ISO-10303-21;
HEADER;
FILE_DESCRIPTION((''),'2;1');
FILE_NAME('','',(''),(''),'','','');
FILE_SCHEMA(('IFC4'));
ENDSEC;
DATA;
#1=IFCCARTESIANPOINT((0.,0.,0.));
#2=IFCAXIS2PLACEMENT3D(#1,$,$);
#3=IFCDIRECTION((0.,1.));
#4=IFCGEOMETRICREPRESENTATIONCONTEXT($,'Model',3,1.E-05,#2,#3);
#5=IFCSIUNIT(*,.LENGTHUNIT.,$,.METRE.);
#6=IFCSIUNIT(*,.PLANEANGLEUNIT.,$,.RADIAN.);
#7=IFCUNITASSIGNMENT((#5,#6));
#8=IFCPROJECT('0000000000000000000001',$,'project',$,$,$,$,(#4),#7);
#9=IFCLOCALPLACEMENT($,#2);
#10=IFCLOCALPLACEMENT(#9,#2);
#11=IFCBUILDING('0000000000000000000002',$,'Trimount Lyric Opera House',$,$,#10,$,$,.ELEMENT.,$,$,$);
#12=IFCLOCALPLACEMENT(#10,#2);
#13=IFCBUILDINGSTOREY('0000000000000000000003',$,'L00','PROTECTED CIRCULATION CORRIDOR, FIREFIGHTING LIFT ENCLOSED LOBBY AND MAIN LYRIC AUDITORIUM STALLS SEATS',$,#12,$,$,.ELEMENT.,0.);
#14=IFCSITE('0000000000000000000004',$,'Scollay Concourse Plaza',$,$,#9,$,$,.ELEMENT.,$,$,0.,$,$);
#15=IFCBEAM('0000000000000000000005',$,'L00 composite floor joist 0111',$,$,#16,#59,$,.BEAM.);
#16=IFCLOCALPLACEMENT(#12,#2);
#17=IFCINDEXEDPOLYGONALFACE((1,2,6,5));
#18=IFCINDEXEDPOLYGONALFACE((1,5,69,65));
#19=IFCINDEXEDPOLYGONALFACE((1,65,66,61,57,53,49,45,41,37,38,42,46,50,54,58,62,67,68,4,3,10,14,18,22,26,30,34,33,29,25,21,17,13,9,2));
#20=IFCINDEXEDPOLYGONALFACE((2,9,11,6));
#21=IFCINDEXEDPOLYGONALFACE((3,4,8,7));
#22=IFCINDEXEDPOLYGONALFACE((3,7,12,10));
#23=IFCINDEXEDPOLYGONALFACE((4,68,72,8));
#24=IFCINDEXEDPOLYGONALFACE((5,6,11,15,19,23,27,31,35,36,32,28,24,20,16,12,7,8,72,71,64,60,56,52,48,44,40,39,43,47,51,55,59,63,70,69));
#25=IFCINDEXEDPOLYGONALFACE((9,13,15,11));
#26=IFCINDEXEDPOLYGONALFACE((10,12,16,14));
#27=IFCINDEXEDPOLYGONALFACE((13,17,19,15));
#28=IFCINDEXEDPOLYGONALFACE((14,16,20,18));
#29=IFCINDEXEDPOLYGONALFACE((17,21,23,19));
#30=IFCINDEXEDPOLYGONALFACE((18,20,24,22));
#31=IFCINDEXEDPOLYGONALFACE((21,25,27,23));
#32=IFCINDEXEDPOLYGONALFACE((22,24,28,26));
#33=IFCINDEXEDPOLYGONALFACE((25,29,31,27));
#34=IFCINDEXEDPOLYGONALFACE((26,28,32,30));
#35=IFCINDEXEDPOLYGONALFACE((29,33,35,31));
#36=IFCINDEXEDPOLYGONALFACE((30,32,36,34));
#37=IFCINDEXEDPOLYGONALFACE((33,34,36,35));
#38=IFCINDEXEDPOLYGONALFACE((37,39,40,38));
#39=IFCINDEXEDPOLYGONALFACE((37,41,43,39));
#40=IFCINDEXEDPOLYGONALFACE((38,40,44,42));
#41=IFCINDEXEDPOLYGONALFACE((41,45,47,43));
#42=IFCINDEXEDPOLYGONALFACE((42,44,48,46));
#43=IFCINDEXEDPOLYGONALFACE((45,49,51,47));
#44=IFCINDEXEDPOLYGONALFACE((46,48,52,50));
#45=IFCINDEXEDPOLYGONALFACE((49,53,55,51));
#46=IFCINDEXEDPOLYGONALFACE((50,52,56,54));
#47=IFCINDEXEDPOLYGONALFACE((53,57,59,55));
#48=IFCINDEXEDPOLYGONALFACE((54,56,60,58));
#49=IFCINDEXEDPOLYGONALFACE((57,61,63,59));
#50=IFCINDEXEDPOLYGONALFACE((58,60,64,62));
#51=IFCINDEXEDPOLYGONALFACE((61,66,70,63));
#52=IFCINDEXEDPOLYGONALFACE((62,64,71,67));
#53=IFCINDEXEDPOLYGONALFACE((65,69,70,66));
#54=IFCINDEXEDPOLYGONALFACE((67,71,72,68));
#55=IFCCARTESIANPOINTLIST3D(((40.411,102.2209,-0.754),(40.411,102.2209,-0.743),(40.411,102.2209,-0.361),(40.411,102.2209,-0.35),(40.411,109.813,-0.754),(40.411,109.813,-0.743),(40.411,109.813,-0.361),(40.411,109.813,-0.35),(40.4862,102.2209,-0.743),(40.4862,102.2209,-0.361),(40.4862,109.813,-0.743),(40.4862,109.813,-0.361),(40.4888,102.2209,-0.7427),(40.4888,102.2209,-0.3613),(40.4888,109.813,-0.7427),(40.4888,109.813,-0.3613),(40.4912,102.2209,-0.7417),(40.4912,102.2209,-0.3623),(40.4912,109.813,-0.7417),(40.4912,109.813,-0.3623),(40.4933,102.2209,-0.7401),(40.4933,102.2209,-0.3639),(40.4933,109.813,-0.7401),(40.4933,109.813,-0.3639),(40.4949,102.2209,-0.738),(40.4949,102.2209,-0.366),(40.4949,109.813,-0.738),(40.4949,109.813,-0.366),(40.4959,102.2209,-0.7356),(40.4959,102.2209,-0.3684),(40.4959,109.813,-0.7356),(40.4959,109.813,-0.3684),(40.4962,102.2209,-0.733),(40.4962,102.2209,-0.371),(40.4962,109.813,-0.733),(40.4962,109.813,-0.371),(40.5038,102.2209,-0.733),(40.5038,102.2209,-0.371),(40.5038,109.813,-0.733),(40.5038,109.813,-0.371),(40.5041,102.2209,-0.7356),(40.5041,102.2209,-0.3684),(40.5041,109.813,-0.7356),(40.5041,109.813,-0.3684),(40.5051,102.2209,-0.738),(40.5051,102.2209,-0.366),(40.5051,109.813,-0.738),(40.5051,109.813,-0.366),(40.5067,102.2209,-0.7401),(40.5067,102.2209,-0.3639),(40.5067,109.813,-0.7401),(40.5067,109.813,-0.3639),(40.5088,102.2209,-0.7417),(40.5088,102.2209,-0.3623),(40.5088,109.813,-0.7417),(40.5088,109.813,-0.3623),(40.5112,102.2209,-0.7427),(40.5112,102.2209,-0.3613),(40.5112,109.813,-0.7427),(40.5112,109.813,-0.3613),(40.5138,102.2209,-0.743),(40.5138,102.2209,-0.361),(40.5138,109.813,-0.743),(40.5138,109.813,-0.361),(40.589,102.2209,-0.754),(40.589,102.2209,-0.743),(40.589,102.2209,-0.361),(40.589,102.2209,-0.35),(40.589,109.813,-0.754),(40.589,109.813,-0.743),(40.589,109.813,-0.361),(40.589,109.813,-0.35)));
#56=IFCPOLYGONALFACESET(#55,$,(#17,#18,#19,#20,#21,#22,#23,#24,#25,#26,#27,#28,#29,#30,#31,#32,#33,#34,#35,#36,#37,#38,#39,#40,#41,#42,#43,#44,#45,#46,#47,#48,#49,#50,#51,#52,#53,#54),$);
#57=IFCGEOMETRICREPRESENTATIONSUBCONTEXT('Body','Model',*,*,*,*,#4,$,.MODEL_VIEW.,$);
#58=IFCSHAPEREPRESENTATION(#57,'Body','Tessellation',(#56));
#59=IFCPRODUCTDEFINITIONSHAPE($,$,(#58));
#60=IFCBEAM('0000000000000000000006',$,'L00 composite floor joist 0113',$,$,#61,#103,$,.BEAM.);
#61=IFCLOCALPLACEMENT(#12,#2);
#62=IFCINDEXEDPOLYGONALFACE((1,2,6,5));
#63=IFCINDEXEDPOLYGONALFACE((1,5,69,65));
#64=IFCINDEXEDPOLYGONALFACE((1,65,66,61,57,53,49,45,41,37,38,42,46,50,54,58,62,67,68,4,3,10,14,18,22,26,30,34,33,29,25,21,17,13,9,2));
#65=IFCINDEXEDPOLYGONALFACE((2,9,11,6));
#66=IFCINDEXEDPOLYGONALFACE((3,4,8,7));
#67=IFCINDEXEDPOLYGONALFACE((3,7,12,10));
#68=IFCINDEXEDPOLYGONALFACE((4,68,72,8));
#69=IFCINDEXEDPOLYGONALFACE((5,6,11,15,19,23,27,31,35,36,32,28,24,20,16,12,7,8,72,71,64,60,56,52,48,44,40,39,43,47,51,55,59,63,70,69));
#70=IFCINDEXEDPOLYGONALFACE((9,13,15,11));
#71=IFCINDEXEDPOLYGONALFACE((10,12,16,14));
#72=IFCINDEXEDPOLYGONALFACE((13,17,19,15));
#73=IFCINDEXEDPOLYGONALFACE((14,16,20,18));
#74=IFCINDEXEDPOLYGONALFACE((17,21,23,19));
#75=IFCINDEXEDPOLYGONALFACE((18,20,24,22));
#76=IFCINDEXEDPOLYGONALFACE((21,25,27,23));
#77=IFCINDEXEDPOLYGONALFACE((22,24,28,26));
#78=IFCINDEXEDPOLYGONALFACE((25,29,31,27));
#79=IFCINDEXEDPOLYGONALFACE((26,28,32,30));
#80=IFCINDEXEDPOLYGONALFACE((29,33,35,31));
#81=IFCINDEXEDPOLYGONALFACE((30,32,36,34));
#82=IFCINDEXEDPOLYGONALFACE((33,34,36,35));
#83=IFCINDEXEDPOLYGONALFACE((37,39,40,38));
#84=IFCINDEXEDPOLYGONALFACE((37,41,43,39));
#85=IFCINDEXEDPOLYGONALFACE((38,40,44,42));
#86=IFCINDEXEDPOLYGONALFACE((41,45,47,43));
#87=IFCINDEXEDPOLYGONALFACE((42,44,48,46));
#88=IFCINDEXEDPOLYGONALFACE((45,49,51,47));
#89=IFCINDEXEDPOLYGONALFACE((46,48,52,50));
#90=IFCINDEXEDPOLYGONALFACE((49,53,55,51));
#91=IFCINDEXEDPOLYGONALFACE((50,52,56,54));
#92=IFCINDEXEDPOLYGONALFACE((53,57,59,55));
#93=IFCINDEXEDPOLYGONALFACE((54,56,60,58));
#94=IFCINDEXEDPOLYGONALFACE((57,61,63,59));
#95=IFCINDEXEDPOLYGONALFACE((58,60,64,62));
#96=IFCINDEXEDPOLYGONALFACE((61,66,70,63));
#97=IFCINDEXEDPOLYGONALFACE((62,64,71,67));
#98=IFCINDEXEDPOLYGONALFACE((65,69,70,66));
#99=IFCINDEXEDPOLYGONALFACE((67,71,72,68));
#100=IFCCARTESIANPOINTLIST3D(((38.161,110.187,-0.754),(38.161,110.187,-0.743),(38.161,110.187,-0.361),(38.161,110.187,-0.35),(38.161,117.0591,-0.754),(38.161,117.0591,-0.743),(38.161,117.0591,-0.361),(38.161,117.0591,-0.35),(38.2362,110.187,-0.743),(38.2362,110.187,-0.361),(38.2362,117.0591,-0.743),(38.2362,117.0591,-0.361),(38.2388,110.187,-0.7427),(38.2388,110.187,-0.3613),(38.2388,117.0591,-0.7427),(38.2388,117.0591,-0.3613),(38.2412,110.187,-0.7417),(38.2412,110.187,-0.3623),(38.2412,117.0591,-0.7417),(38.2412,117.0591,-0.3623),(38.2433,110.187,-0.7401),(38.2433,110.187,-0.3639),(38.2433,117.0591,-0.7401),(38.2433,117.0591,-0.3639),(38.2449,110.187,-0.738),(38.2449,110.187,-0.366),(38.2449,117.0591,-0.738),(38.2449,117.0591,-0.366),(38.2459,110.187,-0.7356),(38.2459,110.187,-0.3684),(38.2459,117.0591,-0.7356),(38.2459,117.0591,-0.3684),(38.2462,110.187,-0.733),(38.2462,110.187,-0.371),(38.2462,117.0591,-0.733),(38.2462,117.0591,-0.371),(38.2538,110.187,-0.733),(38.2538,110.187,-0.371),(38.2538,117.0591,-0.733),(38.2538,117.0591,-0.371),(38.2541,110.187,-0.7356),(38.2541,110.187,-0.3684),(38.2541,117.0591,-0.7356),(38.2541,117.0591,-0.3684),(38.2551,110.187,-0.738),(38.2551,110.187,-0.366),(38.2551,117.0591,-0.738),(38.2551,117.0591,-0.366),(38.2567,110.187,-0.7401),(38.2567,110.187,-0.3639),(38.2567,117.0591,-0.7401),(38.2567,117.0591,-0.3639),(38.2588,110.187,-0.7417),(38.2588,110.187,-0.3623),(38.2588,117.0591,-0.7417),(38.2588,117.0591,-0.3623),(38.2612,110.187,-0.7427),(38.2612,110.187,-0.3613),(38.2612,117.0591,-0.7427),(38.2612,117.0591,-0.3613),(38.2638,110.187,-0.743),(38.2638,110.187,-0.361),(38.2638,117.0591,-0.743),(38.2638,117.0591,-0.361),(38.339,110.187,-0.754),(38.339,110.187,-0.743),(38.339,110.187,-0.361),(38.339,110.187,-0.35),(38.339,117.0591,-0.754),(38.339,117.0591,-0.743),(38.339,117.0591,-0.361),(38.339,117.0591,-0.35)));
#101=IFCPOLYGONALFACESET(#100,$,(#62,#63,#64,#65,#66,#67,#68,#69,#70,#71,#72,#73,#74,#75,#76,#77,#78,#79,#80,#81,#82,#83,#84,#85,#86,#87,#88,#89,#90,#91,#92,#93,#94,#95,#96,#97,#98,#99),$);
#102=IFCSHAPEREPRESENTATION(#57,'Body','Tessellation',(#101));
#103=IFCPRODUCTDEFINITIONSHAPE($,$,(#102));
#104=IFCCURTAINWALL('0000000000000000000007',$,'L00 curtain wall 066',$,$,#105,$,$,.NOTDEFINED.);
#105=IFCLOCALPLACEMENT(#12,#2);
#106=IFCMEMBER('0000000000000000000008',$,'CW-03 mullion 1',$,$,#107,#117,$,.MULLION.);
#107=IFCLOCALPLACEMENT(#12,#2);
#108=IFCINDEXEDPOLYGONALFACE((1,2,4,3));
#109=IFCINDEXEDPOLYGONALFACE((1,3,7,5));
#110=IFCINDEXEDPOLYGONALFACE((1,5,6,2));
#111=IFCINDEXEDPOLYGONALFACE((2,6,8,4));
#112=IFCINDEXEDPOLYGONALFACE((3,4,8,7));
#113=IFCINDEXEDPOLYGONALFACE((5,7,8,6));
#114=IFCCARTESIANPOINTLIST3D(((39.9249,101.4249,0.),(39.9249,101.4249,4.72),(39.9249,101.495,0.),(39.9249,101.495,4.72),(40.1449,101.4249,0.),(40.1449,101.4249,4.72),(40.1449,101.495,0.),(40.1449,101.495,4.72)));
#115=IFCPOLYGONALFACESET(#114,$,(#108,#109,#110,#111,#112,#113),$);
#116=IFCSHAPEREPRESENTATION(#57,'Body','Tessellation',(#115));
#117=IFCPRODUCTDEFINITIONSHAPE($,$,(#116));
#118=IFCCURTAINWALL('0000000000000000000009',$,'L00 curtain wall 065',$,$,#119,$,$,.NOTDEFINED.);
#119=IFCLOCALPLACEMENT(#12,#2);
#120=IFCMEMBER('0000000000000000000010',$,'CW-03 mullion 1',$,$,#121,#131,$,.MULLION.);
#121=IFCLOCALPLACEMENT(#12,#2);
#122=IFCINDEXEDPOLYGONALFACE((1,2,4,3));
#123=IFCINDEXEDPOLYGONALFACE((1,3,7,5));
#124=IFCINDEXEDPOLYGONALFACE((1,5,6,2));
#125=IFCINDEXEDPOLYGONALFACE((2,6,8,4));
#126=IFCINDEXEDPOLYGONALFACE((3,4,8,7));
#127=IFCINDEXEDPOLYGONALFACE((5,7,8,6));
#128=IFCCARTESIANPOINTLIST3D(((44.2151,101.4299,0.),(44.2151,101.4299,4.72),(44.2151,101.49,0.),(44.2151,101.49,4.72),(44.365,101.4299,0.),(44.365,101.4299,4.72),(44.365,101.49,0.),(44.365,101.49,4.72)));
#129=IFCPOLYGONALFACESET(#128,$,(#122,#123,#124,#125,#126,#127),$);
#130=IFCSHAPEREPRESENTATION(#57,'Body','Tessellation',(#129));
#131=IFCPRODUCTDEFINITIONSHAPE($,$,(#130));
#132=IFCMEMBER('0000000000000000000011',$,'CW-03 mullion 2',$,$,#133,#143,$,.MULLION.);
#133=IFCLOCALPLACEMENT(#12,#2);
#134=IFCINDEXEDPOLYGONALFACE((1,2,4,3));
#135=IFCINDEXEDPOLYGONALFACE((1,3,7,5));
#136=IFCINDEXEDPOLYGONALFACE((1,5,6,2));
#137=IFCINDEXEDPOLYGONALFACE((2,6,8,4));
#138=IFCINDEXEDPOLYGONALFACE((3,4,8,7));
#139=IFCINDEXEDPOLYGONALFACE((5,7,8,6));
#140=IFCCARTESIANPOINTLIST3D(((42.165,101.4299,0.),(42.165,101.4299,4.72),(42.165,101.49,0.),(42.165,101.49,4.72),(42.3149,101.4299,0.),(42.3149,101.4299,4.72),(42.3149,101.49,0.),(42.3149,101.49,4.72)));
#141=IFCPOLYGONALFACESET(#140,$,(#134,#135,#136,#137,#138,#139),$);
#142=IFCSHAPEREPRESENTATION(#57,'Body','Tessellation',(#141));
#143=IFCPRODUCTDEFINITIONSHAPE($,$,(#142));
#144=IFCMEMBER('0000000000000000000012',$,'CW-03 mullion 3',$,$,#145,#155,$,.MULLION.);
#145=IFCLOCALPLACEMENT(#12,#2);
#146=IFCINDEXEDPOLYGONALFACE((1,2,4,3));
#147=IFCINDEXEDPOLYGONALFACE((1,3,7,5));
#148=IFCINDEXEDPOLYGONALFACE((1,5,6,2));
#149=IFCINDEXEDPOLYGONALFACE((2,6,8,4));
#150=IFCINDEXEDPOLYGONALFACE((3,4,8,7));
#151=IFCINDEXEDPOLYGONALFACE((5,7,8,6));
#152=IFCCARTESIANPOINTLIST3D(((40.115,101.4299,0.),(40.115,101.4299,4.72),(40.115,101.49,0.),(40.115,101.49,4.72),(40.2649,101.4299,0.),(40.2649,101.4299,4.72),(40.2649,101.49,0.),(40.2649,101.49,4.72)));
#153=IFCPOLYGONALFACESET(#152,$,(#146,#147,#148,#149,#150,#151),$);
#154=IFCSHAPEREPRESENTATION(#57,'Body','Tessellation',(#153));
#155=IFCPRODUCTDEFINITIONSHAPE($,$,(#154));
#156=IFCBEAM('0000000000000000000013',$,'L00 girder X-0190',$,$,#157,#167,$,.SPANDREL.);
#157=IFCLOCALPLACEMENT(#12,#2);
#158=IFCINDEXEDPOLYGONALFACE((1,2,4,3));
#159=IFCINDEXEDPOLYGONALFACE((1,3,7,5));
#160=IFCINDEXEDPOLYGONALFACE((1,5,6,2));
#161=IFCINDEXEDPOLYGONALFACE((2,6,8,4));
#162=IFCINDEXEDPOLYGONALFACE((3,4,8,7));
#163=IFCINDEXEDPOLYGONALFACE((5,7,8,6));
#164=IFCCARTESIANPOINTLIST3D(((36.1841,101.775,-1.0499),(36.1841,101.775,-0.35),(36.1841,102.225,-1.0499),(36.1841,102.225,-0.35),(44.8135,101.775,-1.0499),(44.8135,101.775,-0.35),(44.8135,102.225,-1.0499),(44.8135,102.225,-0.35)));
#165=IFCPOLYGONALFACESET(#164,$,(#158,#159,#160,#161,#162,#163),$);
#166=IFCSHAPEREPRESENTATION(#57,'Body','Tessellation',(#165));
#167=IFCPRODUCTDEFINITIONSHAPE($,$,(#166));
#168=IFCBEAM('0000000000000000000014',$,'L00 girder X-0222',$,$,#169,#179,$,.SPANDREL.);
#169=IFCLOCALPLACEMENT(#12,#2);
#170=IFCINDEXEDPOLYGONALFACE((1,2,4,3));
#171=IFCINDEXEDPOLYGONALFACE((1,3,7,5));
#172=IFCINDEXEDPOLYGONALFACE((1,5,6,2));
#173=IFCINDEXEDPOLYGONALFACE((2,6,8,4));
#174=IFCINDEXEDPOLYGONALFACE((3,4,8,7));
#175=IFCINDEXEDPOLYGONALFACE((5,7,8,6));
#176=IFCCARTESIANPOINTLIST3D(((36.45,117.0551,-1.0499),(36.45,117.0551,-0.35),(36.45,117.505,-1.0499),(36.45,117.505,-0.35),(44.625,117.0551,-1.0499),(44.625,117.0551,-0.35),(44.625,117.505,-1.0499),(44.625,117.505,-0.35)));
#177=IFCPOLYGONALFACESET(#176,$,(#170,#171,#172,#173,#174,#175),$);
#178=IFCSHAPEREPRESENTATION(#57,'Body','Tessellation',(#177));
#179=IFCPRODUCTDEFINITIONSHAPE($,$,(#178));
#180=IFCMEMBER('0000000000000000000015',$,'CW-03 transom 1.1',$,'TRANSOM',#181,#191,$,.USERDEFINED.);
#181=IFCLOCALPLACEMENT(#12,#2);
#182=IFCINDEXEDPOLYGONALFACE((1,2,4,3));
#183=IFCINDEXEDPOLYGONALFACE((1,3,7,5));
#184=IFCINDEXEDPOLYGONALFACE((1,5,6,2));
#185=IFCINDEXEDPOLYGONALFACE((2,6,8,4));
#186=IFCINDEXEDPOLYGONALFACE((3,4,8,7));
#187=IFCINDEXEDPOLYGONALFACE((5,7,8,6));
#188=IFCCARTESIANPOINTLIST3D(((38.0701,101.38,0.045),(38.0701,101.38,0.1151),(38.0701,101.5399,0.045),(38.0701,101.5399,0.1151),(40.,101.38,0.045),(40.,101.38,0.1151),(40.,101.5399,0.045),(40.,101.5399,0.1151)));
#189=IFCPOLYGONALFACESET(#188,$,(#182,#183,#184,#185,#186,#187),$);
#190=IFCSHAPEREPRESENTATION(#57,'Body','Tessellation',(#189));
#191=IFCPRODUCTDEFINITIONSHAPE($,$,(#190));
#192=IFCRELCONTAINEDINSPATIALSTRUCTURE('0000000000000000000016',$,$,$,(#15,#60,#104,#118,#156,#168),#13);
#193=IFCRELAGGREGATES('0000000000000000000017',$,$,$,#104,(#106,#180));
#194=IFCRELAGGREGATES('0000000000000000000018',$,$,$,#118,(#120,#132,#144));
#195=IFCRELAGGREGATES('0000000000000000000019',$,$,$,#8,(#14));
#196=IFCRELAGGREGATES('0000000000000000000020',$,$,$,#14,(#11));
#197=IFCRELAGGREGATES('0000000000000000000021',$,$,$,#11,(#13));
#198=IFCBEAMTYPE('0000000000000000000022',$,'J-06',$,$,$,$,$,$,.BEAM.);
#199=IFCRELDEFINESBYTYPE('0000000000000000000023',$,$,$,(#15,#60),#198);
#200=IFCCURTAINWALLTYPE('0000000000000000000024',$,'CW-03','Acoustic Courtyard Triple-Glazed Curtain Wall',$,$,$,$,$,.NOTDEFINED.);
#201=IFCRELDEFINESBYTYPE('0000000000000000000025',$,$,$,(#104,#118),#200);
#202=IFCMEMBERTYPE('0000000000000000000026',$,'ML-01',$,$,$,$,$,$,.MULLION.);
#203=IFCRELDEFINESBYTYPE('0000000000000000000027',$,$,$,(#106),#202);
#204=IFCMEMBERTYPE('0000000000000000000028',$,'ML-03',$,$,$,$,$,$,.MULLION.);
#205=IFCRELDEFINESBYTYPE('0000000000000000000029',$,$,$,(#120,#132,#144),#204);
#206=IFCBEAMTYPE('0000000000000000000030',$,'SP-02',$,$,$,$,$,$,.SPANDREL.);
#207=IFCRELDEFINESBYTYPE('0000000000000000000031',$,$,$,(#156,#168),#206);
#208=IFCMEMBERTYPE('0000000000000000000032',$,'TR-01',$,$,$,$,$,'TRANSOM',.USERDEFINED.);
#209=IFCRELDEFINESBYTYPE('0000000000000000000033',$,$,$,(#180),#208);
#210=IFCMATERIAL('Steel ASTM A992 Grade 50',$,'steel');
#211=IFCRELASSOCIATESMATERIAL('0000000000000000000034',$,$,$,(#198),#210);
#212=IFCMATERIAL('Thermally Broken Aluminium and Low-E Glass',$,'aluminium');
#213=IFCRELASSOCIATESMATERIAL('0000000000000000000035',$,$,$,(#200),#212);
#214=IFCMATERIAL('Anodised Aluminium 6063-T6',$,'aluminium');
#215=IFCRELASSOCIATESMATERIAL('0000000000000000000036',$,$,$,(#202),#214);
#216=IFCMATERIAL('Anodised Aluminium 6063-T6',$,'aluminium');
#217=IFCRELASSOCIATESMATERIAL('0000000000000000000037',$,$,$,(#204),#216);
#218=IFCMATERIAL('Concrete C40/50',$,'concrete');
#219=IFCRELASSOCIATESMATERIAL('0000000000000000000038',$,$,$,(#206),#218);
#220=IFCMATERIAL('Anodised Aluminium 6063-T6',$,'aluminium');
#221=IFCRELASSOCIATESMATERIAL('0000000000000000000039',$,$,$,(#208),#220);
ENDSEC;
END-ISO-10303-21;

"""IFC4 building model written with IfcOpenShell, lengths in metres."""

from ifc_helpers import new_model, si_unit, direction, frame, origin, origin_2d, place, context, subcontext, project, spatial, rectangle, i_section, extrude, material, material_profile, profile_set, type_object, element, aggregate, save


model = new_model("IFC4")

# Units and contexts
model_context = context("Model", 3, precision=1e-05, world=origin(), true_north=direction((0.0, 1.0)))
body_context = subcontext(model_context, "Body", "Model", "MODEL_VIEW")
ifc_project = project(units=[si_unit("LENGTHUNIT", "METRE"), si_unit("PLANEANGLEUNIT", "RADIAN")], contexts=[model_context])

# Site, building, storey
site_placement = place(None, origin())
site = spatial("IfcSite", under=ifc_project, at=site_placement, Name="Scollay Concourse Plaza", CompositionType="ELEMENT", RefElevation=0.0)
building_placement = place(site_placement, origin())
building = spatial("IfcBuilding", under=site, at=building_placement, Name="Trimount Lyric Opera House", CompositionType="ELEMENT")
storey_placement = place(building_placement, origin())
storey = spatial("IfcBuildingStorey", under=building, at=storey_placement, Name="L00", Description="PROTECTED CIRCULATION CORRIDOR, FIREFIGHTING LIFT ENCLOSED LOBBY AND MAIN LYRIC AUDITORIUM STALLS SEATS", CompositionType="ELEMENT", Elevation=0.0)

# Beams
ifc_material_1 = material(Name="Steel ASTM A992 Grade 50", Category="steel")
ifc_material_profile_1 = material_profile(ifc_material_1, i_section(OverallWidth=0.178, OverallDepth=0.4041, WebThickness=0.0076, FlangeThickness=0.011, FilletRadius=0.01, at=origin_2d()), Name="W16X36")
ifc_profile_set_1 = profile_set([ifc_material_profile_1], Name="Steel ASTM A992 Grade 50")
beam_type_1 = type_object("IfcBeamType", Name="J-06", PredefinedType="BEAM", material=ifc_profile_set_1)
beam_1_placement = place(storey_placement, frame((40.5, 102.2209, -0.552), z_axis=(0.0, 1.0, 0.0), x_axis=(-1.0, 0.0, 0.0)))
element("IfcBeam", 1, at=beam_1_placement, inside=storey, type_object=beam_type_1, Name="L00 composite floor joist 0111", PredefinedType="BEAM", context=body_context, shape_type="SweptSolid", body=[
    extrude(i_section(OverallWidth=0.178, OverallDepth=0.4041, WebThickness=0.0076, FlangeThickness=0.011, FilletRadius=0.01, at=origin_2d()), origin(), (0.0, 0.0, 1.0), 7.592),
])
beam_2_placement = place(storey_placement, frame((38.25, 110.187, -0.552), z_axis=(0.0, 1.0, 0.0), x_axis=(-1.0, 0.0, 0.0)))
element("IfcBeam", 2, at=beam_2_placement, inside=storey, type_object=beam_type_1, Name="L00 composite floor joist 0113", PredefinedType="BEAM", context=body_context, shape_type="SweptSolid", body=[
    extrude(i_section(OverallWidth=0.178, OverallDepth=0.4041, WebThickness=0.0076, FlangeThickness=0.011, FilletRadius=0.01, at=origin_2d()), origin(), (0.0, 0.0, 1.0), 6.8721),
])

# Curtain wall, member
ifc_material_2 = material(Name="Thermally Broken Aluminium and Low-E Glass", Category="aluminium")
curtain_wall_type = type_object("IfcCurtainWallType", Name="CW-03", Description="Acoustic Courtyard Triple-Glazed Curtain Wall", PredefinedType="NOTDEFINED", material=ifc_material_2)
curtain_wall_1_placement = place(storey_placement, origin())
curtain_wall_1 = element("IfcCurtainWall", 3, at=curtain_wall_1_placement, inside=storey, type_object=curtain_wall_type, Name="L00 curtain wall 066", PredefinedType="NOTDEFINED")
ifc_material_3 = material(Name="Anodised Aluminium 6063-T6", Category="aluminium")
ifc_material_profile_2 = material_profile(ifc_material_3, rectangle(XDim=0.0701, YDim=0.22, at=origin_2d()), Name="ALU-MULL-70X220")
ifc_profile_set_2 = profile_set([ifc_material_profile_2], Name="Anodised Aluminium 6063-T6")
member_type_1 = type_object("IfcMemberType", Name="ML-01", PredefinedType="MULLION", material=ifc_profile_set_2)
member_1_placement = place(storey_placement, frame((40.0349, 101.46, 0.0), z_axis=(0.0, 0.0, 1.0), x_axis=(0.0, -1.0, 0.0)))
member_1 = element("IfcMember", 4, at=member_1_placement, type_object=member_type_1, Name="CW-03 mullion 1", PredefinedType="MULLION", context=body_context, shape_type="SweptSolid", body=[
    extrude(rectangle(XDim=0.0701, YDim=0.22, at=origin_2d()), origin(), (0.0, 0.0, 1.0), 4.72),
])

# Curtain wall, members
curtain_wall_2_placement = place(storey_placement, origin())
curtain_wall_2 = element("IfcCurtainWall", 5, at=curtain_wall_2_placement, inside=storey, type_object=curtain_wall_type, Name="L00 curtain wall 065", PredefinedType="NOTDEFINED")
ifc_material_4 = material(Name="Anodised Aluminium 6063-T6", Category="aluminium")
ifc_material_profile_3 = material_profile(ifc_material_4, rectangle(XDim=0.0601, YDim=0.1499, at=origin_2d()), Name="ALU-MULL-60X150")
ifc_profile_set_3 = profile_set([ifc_material_profile_3], Name="Anodised Aluminium 6063-T6")
member_type_2 = type_object("IfcMemberType", Name="ML-03", PredefinedType="MULLION", material=ifc_profile_set_3)
member_2_placement = place(storey_placement, frame((44.29, 101.46, 0.0), z_axis=(0.0, 0.0, 1.0), x_axis=(0.0, -1.0, 0.0)))
member_2 = element("IfcMember", 6, at=member_2_placement, type_object=member_type_2, Name="CW-03 mullion 1", PredefinedType="MULLION", context=body_context, shape_type="SweptSolid", body=[
    extrude(rectangle(XDim=0.0601, YDim=0.1499, at=origin_2d()), origin(), (0.0, 0.0, 1.0), 4.72),
])
member_3_placement = place(storey_placement, frame((42.24, 101.46, 0.0), z_axis=(0.0, 0.0, 1.0), x_axis=(0.0, -1.0, 0.0)))
member_3 = element("IfcMember", 7, at=member_3_placement, type_object=member_type_2, Name="CW-03 mullion 2", PredefinedType="MULLION", context=body_context, shape_type="SweptSolid", body=[
    extrude(rectangle(XDim=0.0601, YDim=0.1499, at=origin_2d()), origin(), (0.0, 0.0, 1.0), 4.72),
])
member_4_placement = place(storey_placement, frame((40.1899, 101.46, 0.0), z_axis=(0.0, 0.0, 1.0), x_axis=(0.0, -1.0, 0.0)))
member_4 = element("IfcMember", 8, at=member_4_placement, type_object=member_type_2, Name="CW-03 mullion 3", PredefinedType="MULLION", context=body_context, shape_type="SweptSolid", body=[
    extrude(rectangle(XDim=0.0601, YDim=0.1499, at=origin_2d()), origin(), (0.0, 0.0, 1.0), 4.72),
])

# Beams
ifc_material_5 = material(Name="Concrete C40/50", Category="concrete")
ifc_material_profile_4 = material_profile(ifc_material_5, rectangle(XDim=0.45, YDim=0.7, at=origin_2d()), Name="RC450X700")
ifc_profile_set_4 = profile_set([ifc_material_profile_4], Name="Concrete C40/50")
beam_type_2 = type_object("IfcBeamType", Name="SP-02", PredefinedType="SPANDREL", material=ifc_profile_set_4)
beam_3_placement = place(storey_placement, frame((36.1841, 102.0, -0.7), z_axis=(1.0, 0.0, 0.0), x_axis=(0.0, 1.0, 0.0)))
element("IfcBeam", 9, at=beam_3_placement, inside=storey, type_object=beam_type_2, Name="L00 girder X-0190", PredefinedType="SPANDREL", context=body_context, shape_type="SweptSolid", body=[
    extrude(rectangle(XDim=0.45, YDim=0.7, at=origin_2d()), origin(), (0.0, 0.0, 1.0), 8.6294),
])
beam_4_placement = place(storey_placement, frame((36.45, 117.28, -0.7), z_axis=(1.0, 0.0, 0.0), x_axis=(0.0, 1.0, 0.0)))
element("IfcBeam", 10, at=beam_4_placement, inside=storey, type_object=beam_type_2, Name="L00 girder X-0222", PredefinedType="SPANDREL", context=body_context, shape_type="SweptSolid", body=[
    extrude(rectangle(XDim=0.45, YDim=0.7, at=origin_2d()), origin(), (0.0, 0.0, 1.0), 8.175),
])

# Member
ifc_material_6 = material(Name="Anodised Aluminium 6063-T6", Category="aluminium")
ifc_material_profile_5 = material_profile(ifc_material_6, rectangle(XDim=0.1599, YDim=0.0701, at=origin_2d()), Name="ALU-TRAN-70X160")
ifc_profile_set_5 = profile_set([ifc_material_profile_5], Name="Anodised Aluminium 6063-T6")
member_type_3 = type_object("IfcMemberType", Name="TR-01", ElementType="TRANSOM", PredefinedType="USERDEFINED", material=ifc_profile_set_5)
member_5_placement = place(storey_placement, frame((40.0, 101.46, 0.0801), z_axis=(-1.0, 0.0, 0.0), x_axis=(0.0, -1.0, 0.0)))
member_5 = element("IfcMember", 11, at=member_5_placement, type_object=member_type_3, Name="CW-03 transom 1.1", ObjectType="TRANSOM", PredefinedType="USERDEFINED", context=body_context, shape_type="SweptSolid", body=[
    extrude(rectangle(XDim=0.1599, YDim=0.0701, at=origin_2d()), origin(), (0.0, 0.0, 1.0), 1.9299),
])
aggregate(curtain_wall_1, [member_1, member_5])

aggregate(curtain_wall_2, [member_2, member_3, member_4])

save(model, "model.ifc")
